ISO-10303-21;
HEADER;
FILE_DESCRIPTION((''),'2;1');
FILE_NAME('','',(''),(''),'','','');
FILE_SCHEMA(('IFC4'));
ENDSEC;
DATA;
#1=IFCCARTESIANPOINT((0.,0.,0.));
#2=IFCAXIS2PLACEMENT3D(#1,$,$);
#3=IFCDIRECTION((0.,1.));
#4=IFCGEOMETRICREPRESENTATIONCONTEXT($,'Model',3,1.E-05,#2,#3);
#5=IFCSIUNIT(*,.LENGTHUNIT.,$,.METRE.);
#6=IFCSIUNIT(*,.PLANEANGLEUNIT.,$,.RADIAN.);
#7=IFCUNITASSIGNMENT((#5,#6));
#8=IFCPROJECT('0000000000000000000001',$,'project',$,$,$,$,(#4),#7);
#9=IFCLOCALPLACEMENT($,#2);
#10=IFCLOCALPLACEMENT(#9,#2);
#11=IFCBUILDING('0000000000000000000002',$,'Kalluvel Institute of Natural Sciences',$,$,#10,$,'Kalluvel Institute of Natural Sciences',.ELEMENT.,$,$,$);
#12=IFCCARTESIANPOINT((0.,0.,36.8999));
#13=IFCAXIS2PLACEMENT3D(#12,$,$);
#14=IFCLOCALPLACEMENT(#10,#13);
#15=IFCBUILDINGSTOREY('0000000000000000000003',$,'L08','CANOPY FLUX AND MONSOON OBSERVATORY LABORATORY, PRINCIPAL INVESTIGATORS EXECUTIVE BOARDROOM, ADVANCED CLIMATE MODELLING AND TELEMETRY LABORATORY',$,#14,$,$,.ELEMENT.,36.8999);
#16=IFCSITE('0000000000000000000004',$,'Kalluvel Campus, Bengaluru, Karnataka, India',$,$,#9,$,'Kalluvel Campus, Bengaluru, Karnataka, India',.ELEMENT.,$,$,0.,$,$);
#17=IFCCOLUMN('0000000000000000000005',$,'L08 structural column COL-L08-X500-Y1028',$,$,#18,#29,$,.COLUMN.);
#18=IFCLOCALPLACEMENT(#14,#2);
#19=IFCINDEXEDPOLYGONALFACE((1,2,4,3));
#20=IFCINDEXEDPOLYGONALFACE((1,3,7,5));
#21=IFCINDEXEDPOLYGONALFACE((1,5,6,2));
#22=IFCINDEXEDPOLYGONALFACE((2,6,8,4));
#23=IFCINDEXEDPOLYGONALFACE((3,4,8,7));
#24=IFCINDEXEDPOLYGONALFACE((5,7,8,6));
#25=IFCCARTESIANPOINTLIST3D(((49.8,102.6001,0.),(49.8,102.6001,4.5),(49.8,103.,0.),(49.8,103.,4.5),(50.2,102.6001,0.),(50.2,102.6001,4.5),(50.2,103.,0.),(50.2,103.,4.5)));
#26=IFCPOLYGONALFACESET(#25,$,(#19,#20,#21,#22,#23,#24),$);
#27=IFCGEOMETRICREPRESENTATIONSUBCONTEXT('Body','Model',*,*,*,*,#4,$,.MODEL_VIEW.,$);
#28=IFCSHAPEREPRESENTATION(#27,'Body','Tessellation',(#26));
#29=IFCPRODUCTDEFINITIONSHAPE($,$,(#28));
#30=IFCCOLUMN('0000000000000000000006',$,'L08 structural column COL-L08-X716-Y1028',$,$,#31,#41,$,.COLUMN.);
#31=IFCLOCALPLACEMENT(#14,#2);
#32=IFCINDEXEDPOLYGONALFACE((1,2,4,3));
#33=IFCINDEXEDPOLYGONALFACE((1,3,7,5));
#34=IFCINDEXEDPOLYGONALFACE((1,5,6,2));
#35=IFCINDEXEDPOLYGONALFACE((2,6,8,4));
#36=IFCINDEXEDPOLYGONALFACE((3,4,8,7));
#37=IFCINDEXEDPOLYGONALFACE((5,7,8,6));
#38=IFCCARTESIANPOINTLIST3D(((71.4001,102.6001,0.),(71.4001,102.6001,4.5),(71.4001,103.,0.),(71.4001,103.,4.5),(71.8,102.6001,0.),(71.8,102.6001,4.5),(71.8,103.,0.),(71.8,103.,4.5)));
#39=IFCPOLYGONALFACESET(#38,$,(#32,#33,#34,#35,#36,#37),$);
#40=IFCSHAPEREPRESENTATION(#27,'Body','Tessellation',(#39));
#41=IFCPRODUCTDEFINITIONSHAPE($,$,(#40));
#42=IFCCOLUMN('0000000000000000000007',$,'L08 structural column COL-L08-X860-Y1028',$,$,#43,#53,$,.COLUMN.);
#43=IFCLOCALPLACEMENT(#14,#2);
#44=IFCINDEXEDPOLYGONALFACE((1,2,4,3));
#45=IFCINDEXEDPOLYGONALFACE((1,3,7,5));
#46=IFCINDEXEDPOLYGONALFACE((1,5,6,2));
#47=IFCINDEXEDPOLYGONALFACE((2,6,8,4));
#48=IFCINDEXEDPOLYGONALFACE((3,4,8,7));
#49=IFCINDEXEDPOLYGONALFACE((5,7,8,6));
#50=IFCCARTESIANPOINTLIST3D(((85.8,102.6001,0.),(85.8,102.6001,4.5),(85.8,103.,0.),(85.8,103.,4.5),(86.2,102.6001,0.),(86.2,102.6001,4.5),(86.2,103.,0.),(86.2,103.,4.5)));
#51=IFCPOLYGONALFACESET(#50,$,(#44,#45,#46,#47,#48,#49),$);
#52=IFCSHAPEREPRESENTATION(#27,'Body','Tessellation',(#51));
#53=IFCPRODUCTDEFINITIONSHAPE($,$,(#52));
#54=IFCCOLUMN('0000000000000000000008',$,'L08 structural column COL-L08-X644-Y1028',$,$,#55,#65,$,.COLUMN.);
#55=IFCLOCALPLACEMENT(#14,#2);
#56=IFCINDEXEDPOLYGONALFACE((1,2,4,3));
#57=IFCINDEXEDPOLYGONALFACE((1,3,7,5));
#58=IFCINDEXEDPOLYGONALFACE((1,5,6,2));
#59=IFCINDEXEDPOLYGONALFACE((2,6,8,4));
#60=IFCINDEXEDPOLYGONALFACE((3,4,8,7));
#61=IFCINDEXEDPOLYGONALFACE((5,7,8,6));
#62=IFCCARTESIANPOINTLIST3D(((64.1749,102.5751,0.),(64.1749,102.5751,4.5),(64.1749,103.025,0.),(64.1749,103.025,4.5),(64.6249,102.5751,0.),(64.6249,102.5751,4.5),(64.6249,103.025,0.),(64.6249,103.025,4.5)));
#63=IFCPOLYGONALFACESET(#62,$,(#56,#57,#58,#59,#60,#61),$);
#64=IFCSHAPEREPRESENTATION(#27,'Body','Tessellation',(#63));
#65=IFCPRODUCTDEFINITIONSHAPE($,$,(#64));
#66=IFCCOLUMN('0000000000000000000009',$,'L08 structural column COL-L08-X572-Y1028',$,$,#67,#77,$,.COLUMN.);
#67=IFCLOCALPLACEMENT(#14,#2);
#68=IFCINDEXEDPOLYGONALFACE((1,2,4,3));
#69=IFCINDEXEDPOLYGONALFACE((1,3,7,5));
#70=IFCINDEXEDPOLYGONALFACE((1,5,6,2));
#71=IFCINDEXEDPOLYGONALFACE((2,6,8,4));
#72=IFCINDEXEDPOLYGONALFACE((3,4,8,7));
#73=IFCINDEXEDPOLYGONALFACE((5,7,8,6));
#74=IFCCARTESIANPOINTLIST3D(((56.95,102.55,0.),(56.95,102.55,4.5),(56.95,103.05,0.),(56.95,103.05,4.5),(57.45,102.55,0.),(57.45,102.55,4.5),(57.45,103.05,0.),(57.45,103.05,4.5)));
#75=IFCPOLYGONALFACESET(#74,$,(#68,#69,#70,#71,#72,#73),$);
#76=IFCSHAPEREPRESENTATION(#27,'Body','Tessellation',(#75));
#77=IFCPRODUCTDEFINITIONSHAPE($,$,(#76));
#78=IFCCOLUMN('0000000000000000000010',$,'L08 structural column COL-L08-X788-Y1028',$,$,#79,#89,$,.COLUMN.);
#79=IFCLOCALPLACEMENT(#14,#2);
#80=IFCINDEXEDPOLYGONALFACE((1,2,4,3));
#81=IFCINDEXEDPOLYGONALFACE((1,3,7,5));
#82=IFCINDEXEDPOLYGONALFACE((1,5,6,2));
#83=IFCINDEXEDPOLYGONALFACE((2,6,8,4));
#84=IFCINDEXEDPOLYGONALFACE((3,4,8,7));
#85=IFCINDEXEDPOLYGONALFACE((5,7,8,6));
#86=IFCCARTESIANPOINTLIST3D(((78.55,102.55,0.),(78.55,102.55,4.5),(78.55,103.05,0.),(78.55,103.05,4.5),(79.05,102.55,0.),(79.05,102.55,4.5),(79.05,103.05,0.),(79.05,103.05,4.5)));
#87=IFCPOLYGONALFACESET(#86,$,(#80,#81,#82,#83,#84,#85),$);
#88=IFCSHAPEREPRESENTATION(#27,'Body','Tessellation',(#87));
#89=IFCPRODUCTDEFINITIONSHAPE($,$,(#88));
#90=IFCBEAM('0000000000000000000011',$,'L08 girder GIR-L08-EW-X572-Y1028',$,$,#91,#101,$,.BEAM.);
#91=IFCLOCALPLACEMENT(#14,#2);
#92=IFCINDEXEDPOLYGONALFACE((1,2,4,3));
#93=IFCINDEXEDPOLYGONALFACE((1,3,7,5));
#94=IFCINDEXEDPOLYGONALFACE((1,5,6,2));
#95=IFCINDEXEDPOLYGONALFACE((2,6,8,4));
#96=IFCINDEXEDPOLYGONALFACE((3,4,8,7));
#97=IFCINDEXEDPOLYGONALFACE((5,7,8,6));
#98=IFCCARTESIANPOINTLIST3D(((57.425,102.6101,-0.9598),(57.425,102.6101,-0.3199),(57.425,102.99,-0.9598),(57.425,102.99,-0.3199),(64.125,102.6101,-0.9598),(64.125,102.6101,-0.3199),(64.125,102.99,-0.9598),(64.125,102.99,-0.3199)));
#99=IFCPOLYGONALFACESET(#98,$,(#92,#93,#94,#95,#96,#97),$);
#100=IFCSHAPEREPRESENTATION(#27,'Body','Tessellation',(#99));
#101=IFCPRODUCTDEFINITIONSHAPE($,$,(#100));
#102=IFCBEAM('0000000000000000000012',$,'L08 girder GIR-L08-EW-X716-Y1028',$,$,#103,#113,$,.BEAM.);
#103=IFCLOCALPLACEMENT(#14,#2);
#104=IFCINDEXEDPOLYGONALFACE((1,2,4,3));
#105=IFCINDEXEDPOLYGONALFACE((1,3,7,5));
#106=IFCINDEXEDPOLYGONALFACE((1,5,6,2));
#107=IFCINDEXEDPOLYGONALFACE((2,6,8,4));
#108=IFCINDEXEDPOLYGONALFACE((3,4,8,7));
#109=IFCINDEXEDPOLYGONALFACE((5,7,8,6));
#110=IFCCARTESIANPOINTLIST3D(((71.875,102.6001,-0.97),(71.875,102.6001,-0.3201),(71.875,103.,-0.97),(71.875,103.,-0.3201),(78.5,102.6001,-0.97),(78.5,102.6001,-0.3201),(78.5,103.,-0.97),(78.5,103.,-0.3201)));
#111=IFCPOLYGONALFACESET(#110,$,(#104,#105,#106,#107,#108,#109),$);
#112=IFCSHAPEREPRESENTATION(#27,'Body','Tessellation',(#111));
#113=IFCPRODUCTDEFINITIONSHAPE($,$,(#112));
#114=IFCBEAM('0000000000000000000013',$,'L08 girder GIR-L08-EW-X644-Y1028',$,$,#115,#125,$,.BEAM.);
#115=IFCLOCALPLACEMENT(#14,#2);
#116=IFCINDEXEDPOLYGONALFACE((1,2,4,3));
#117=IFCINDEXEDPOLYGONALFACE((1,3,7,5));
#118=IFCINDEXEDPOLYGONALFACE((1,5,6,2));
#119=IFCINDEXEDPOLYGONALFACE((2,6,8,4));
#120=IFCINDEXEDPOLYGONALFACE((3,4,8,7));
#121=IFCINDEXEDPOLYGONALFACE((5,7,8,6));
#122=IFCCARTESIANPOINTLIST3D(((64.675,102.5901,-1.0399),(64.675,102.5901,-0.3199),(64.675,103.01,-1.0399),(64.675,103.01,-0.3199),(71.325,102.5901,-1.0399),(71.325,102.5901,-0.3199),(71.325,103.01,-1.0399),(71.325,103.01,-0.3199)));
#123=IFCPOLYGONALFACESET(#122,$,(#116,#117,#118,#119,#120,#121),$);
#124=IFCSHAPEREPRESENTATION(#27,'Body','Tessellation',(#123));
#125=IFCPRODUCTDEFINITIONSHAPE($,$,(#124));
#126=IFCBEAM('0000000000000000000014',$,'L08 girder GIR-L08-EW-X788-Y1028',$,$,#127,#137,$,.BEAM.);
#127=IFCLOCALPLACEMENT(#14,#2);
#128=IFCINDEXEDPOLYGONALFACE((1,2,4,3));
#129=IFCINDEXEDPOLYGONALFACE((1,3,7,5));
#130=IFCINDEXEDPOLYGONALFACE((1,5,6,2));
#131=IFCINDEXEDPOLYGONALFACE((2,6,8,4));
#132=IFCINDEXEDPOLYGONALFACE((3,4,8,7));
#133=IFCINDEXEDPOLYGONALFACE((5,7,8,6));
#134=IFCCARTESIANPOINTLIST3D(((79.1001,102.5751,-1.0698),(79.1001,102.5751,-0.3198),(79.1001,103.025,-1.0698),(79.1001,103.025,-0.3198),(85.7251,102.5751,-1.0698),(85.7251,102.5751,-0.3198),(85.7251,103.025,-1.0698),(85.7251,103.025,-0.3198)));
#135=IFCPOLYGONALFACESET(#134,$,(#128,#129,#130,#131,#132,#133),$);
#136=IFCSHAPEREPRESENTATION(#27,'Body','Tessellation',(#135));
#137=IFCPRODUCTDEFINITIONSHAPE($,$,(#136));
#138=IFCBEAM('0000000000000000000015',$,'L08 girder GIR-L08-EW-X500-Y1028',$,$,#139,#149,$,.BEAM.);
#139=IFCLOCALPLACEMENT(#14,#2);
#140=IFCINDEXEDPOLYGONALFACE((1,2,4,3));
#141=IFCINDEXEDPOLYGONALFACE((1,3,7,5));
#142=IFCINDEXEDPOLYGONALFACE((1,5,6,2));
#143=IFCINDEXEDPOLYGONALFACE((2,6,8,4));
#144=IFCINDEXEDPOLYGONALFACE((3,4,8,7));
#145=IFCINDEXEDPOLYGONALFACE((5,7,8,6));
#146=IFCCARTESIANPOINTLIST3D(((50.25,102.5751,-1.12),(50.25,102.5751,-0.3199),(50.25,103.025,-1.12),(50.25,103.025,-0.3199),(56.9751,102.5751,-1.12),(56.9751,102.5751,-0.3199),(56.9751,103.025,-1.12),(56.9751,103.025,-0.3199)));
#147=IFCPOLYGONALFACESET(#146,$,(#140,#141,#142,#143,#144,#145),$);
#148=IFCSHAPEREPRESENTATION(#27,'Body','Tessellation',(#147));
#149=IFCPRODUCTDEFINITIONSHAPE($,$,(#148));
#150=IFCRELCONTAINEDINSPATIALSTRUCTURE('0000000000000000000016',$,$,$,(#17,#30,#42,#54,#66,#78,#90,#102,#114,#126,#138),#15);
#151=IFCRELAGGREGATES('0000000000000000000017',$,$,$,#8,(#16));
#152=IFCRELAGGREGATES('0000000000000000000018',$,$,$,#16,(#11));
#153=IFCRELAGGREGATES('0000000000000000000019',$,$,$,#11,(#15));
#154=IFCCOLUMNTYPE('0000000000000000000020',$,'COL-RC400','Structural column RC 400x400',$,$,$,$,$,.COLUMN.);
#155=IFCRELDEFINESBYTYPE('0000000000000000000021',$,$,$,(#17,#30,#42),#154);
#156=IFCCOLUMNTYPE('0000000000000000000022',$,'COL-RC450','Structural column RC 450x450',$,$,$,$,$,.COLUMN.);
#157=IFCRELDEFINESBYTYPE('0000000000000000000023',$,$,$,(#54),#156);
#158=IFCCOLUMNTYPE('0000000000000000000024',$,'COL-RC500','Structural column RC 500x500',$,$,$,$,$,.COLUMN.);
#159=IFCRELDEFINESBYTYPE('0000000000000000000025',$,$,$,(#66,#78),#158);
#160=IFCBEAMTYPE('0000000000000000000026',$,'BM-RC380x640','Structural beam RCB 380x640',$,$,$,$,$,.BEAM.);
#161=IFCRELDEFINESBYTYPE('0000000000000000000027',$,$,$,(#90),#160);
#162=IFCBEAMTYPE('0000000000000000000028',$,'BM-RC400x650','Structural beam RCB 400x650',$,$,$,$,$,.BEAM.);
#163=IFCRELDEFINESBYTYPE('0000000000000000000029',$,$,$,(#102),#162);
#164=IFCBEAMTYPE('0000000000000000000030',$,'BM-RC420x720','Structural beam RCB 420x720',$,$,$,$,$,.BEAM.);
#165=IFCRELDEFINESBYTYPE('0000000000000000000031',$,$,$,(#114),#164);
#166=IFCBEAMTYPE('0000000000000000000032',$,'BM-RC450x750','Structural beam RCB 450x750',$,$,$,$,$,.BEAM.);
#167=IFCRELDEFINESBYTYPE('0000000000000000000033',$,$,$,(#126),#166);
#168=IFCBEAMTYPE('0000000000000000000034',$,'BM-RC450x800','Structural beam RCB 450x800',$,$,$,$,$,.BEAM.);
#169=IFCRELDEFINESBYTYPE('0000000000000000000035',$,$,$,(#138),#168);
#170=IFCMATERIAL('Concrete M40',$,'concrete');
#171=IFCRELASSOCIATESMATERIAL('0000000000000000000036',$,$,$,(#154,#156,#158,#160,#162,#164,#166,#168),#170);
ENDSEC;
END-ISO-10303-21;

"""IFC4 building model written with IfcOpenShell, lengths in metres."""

from ifc_helpers import new_model, si_unit, direction, frame, origin, origin_2d, place, context, subcontext, project, spatial, rectangle, extrude, material, material_profile, profile_set, type_object, element, save


model = new_model("IFC4")

# Units and contexts
model_context = context("Model", 3, precision=1e-05, world=origin(), true_north=direction((0.0, 1.0)))
body_context = subcontext(model_context, "Body", "Model", "MODEL_VIEW")
ifc_project = project(units=[si_unit("LENGTHUNIT", "METRE"), si_unit("PLANEANGLEUNIT", "RADIAN")], contexts=[model_context])

# Site, building, storey
site_placement = place(None, origin())
site = spatial("IfcSite", under=ifc_project, at=site_placement, Name="Kalluvel Campus, Bengaluru, Karnataka, India", LongName="Kalluvel Campus, Bengaluru, Karnataka, India", CompositionType="ELEMENT", RefElevation=0.0)
building_placement = place(site_placement, origin())
building = spatial("IfcBuilding", under=site, at=building_placement, Name="Kalluvel Institute of Natural Sciences", LongName="Kalluvel Institute of Natural Sciences", CompositionType="ELEMENT")
storey_placement = place(building_placement, frame((0.0, 0.0, 36.8999)))
storey = spatial("IfcBuildingStorey", under=building, at=storey_placement, Name="L08", Description="CANOPY FLUX AND MONSOON OBSERVATORY LABORATORY, PRINCIPAL INVESTIGATORS EXECUTIVE BOARDROOM, ADVANCED CLIMATE MODELLING AND TELEMETRY LABORATORY", CompositionType="ELEMENT", Elevation=36.8999)

# Columns
ifc_material_1 = material(Name="Concrete M40", Category="concrete")
ifc_material_profile_1 = material_profile(ifc_material_1, rectangle(XDim=0.3999, YDim=0.3999, at=origin_2d()), Name="RC 400x400")
ifc_profile_set_1 = profile_set([ifc_material_profile_1], Name="Concrete M40")
column_type_1 = type_object("IfcColumnType", Name="COL-RC400", Description="Structural column RC 400x400", PredefinedType="COLUMN", material=ifc_profile_set_1)
for number, where, z_axis, x_axis, name in (
    (1, (50.0, 102.8, 0.0), (0.0, 0.0, 1.0), (1.0, 0.0, 0.0), "L08 structural column COL-L08-X500-Y1028"),
    (2, (71.6001, 102.8, 0.0), (0.0, 0.0, 1.0), (1.0, 0.0, 0.0), "L08 structural column COL-L08-X716-Y1028"),
    (3, (86.0, 102.8, 0.0), (0.0, 0.0, 1.0), (1.0, 0.0, 0.0), "L08 structural column COL-L08-X860-Y1028"),
):
    element("IfcColumn", number, at=place(storey_placement, frame(where, z_axis=z_axis, x_axis=x_axis)), inside=storey, type_object=column_type_1, Name=name, PredefinedType="COLUMN", context=body_context, shape_type="SweptSolid", body=[
        extrude(rectangle(XDim=0.3999, YDim=0.3999, at=origin_2d()), origin(), (0.0, 0.0, 1.0), 4.5),
    ])
ifc_material_profile_2 = material_profile(ifc_material_1, rectangle(XDim=0.45, YDim=0.45, at=origin_2d()), Name="RC 450x450")
ifc_profile_set_2 = profile_set([ifc_material_profile_2], Name="Concrete M40")
column_type_2 = type_object("IfcColumnType", Name="COL-RC450", Description="Structural column RC 450x450", PredefinedType="COLUMN", material=ifc_profile_set_2)
column_placement = place(storey_placement, frame((64.3999, 102.8, 0.0), z_axis=(0.0, 0.0, 1.0), x_axis=(1.0, 0.0, 0.0)))
element("IfcColumn", 4, at=column_placement, inside=storey, type_object=column_type_2, Name="L08 structural column COL-L08-X644-Y1028", PredefinedType="COLUMN", context=body_context, shape_type="SweptSolid", body=[
    extrude(rectangle(XDim=0.45, YDim=0.45, at=origin_2d()), origin(), (0.0, 0.0, 1.0), 4.5),
])
ifc_material_profile_3 = material_profile(ifc_material_1, rectangle(XDim=0.5, YDim=0.5, at=origin_2d()), Name="RC 500x500")
ifc_profile_set_3 = profile_set([ifc_material_profile_3], Name="Concrete M40")
column_type_3 = type_object("IfcColumnType", Name="COL-RC500", Description="Structural column RC 500x500", PredefinedType="COLUMN", material=ifc_profile_set_3)
for number, where, z_axis, x_axis, name in (
    (5, (57.2, 102.8, 0.0), (0.0, 0.0, 1.0), (1.0, 0.0, 0.0), "L08 structural column COL-L08-X572-Y1028"),
    (6, (78.8, 102.8, 0.0), (0.0, 0.0, 1.0), (1.0, 0.0, 0.0), "L08 structural column COL-L08-X788-Y1028"),
):
    element("IfcColumn", number, at=place(storey_placement, frame(where, z_axis=z_axis, x_axis=x_axis)), inside=storey, type_object=column_type_3, Name=name, PredefinedType="COLUMN", context=body_context, shape_type="SweptSolid", body=[
        extrude(rectangle(XDim=0.5, YDim=0.5, at=origin_2d()), origin(), (0.0, 0.0, 1.0), 4.5),
    ])

# Beams
ifc_material_profile_4 = material_profile(ifc_material_1, rectangle(XDim=0.3799, YDim=0.6399, at=origin_2d()), Name="RCB 380x640")
ifc_profile_set_4 = profile_set([ifc_material_profile_4], Name="Concrete M40")
beam_type_1 = type_object("IfcBeamType", Name="BM-RC380x640", Description="Structural beam RCB 380x640", PredefinedType="BEAM", material=ifc_profile_set_4)
beam_1_placement = place(storey_placement, frame((57.425, 102.8, -0.6399), z_axis=(1.0, 0.0, 0.0), x_axis=(0.0, 1.0, 0.0)))
element("IfcBeam", 7, at=beam_1_placement, inside=storey, type_object=beam_type_1, Name="L08 girder GIR-L08-EW-X572-Y1028", PredefinedType="BEAM", context=body_context, shape_type="SweptSolid", body=[
    extrude(rectangle(XDim=0.3799, YDim=0.6399, at=origin_2d()), origin(), (0.0, 0.0, 1.0), 6.7),
])
ifc_material_profile_5 = material_profile(ifc_material_1, rectangle(XDim=0.3999, YDim=0.6499, at=origin_2d()), Name="RCB 400x650")
ifc_profile_set_5 = profile_set([ifc_material_profile_5], Name="Concrete M40")
beam_type_2 = type_object("IfcBeamType", Name="BM-RC400x650", Description="Structural beam RCB 400x650", PredefinedType="BEAM", material=ifc_profile_set_5)
beam_2_placement = place(storey_placement, frame((71.875, 102.8, -0.645), z_axis=(1.0, 0.0, 0.0), x_axis=(0.0, 1.0, 0.0)))
element("IfcBeam", 8, at=beam_2_placement, inside=storey, type_object=beam_type_2, Name="L08 girder GIR-L08-EW-X716-Y1028", PredefinedType="BEAM", context=body_context, shape_type="SweptSolid", body=[
    extrude(rectangle(XDim=0.3999, YDim=0.6499, at=origin_2d()), origin(), (0.0, 0.0, 1.0), 6.625),
])
ifc_material_profile_6 = material_profile(ifc_material_1, rectangle(XDim=0.4199, YDim=0.72, at=origin_2d()), Name="RCB 420x720")
ifc_profile_set_6 = profile_set([ifc_material_profile_6], Name="Concrete M40")
beam_type_3 = type_object("IfcBeamType", Name="BM-RC420x720", Description="Structural beam RCB 420x720", PredefinedType="BEAM", material=ifc_profile_set_6)
beam_3_placement = place(storey_placement, frame((64.675, 102.8, -0.6799), z_axis=(1.0, 0.0, 0.0), x_axis=(0.0, 1.0, 0.0)))
element("IfcBeam", 9, at=beam_3_placement, inside=storey, type_object=beam_type_3, Name="L08 girder GIR-L08-EW-X644-Y1028", PredefinedType="BEAM", context=body_context, shape_type="SweptSolid", body=[
    extrude(rectangle(XDim=0.4199, YDim=0.72, at=origin_2d()), origin(), (0.0, 0.0, 1.0), 6.6499),
])
ifc_material_profile_7 = material_profile(ifc_material_1, rectangle(XDim=0.45, YDim=0.75, at=origin_2d()), Name="RCB 450x750")
ifc_profile_set_7 = profile_set([ifc_material_profile_7], Name="Concrete M40")
beam_type_4 = type_object("IfcBeamType", Name="BM-RC450x750", Description="Structural beam RCB 450x750", PredefinedType="BEAM", material=ifc_profile_set_7)
beam_4_placement = place(storey_placement, frame((79.1001, 102.8, -0.6948), z_axis=(1.0, 0.0, 0.0), x_axis=(0.0, 1.0, 0.0)))
element("IfcBeam", 10, at=beam_4_placement, inside=storey, type_object=beam_type_4, Name="L08 girder GIR-L08-EW-X788-Y1028", PredefinedType="BEAM", context=body_context, shape_type="SweptSolid", body=[
    extrude(rectangle(XDim=0.45, YDim=0.75, at=origin_2d()), origin(), (0.0, 0.0, 1.0), 6.625),
])
ifc_material_profile_8 = material_profile(ifc_material_1, rectangle(XDim=0.45, YDim=0.8, at=origin_2d()), Name="RCB 450x800")
ifc_profile_set_8 = profile_set([ifc_material_profile_8], Name="Concrete M40")
beam_type_5 = type_object("IfcBeamType", Name="BM-RC450x800", Description="Structural beam RCB 450x800", PredefinedType="BEAM", material=ifc_profile_set_8)
beam_5_placement = place(storey_placement, frame((50.25, 102.8, -0.72), z_axis=(1.0, 0.0, 0.0), x_axis=(0.0, 1.0, 0.0)))
element("IfcBeam", 11, at=beam_5_placement, inside=storey, type_object=beam_type_5, Name="L08 girder GIR-L08-EW-X500-Y1028", PredefinedType="BEAM", context=body_context, shape_type="SweptSolid", body=[
    extrude(rectangle(XDim=0.45, YDim=0.8, at=origin_2d()), origin(), (0.0, 0.0, 1.0), 6.7251),
])

save(model, "model.ifc")
